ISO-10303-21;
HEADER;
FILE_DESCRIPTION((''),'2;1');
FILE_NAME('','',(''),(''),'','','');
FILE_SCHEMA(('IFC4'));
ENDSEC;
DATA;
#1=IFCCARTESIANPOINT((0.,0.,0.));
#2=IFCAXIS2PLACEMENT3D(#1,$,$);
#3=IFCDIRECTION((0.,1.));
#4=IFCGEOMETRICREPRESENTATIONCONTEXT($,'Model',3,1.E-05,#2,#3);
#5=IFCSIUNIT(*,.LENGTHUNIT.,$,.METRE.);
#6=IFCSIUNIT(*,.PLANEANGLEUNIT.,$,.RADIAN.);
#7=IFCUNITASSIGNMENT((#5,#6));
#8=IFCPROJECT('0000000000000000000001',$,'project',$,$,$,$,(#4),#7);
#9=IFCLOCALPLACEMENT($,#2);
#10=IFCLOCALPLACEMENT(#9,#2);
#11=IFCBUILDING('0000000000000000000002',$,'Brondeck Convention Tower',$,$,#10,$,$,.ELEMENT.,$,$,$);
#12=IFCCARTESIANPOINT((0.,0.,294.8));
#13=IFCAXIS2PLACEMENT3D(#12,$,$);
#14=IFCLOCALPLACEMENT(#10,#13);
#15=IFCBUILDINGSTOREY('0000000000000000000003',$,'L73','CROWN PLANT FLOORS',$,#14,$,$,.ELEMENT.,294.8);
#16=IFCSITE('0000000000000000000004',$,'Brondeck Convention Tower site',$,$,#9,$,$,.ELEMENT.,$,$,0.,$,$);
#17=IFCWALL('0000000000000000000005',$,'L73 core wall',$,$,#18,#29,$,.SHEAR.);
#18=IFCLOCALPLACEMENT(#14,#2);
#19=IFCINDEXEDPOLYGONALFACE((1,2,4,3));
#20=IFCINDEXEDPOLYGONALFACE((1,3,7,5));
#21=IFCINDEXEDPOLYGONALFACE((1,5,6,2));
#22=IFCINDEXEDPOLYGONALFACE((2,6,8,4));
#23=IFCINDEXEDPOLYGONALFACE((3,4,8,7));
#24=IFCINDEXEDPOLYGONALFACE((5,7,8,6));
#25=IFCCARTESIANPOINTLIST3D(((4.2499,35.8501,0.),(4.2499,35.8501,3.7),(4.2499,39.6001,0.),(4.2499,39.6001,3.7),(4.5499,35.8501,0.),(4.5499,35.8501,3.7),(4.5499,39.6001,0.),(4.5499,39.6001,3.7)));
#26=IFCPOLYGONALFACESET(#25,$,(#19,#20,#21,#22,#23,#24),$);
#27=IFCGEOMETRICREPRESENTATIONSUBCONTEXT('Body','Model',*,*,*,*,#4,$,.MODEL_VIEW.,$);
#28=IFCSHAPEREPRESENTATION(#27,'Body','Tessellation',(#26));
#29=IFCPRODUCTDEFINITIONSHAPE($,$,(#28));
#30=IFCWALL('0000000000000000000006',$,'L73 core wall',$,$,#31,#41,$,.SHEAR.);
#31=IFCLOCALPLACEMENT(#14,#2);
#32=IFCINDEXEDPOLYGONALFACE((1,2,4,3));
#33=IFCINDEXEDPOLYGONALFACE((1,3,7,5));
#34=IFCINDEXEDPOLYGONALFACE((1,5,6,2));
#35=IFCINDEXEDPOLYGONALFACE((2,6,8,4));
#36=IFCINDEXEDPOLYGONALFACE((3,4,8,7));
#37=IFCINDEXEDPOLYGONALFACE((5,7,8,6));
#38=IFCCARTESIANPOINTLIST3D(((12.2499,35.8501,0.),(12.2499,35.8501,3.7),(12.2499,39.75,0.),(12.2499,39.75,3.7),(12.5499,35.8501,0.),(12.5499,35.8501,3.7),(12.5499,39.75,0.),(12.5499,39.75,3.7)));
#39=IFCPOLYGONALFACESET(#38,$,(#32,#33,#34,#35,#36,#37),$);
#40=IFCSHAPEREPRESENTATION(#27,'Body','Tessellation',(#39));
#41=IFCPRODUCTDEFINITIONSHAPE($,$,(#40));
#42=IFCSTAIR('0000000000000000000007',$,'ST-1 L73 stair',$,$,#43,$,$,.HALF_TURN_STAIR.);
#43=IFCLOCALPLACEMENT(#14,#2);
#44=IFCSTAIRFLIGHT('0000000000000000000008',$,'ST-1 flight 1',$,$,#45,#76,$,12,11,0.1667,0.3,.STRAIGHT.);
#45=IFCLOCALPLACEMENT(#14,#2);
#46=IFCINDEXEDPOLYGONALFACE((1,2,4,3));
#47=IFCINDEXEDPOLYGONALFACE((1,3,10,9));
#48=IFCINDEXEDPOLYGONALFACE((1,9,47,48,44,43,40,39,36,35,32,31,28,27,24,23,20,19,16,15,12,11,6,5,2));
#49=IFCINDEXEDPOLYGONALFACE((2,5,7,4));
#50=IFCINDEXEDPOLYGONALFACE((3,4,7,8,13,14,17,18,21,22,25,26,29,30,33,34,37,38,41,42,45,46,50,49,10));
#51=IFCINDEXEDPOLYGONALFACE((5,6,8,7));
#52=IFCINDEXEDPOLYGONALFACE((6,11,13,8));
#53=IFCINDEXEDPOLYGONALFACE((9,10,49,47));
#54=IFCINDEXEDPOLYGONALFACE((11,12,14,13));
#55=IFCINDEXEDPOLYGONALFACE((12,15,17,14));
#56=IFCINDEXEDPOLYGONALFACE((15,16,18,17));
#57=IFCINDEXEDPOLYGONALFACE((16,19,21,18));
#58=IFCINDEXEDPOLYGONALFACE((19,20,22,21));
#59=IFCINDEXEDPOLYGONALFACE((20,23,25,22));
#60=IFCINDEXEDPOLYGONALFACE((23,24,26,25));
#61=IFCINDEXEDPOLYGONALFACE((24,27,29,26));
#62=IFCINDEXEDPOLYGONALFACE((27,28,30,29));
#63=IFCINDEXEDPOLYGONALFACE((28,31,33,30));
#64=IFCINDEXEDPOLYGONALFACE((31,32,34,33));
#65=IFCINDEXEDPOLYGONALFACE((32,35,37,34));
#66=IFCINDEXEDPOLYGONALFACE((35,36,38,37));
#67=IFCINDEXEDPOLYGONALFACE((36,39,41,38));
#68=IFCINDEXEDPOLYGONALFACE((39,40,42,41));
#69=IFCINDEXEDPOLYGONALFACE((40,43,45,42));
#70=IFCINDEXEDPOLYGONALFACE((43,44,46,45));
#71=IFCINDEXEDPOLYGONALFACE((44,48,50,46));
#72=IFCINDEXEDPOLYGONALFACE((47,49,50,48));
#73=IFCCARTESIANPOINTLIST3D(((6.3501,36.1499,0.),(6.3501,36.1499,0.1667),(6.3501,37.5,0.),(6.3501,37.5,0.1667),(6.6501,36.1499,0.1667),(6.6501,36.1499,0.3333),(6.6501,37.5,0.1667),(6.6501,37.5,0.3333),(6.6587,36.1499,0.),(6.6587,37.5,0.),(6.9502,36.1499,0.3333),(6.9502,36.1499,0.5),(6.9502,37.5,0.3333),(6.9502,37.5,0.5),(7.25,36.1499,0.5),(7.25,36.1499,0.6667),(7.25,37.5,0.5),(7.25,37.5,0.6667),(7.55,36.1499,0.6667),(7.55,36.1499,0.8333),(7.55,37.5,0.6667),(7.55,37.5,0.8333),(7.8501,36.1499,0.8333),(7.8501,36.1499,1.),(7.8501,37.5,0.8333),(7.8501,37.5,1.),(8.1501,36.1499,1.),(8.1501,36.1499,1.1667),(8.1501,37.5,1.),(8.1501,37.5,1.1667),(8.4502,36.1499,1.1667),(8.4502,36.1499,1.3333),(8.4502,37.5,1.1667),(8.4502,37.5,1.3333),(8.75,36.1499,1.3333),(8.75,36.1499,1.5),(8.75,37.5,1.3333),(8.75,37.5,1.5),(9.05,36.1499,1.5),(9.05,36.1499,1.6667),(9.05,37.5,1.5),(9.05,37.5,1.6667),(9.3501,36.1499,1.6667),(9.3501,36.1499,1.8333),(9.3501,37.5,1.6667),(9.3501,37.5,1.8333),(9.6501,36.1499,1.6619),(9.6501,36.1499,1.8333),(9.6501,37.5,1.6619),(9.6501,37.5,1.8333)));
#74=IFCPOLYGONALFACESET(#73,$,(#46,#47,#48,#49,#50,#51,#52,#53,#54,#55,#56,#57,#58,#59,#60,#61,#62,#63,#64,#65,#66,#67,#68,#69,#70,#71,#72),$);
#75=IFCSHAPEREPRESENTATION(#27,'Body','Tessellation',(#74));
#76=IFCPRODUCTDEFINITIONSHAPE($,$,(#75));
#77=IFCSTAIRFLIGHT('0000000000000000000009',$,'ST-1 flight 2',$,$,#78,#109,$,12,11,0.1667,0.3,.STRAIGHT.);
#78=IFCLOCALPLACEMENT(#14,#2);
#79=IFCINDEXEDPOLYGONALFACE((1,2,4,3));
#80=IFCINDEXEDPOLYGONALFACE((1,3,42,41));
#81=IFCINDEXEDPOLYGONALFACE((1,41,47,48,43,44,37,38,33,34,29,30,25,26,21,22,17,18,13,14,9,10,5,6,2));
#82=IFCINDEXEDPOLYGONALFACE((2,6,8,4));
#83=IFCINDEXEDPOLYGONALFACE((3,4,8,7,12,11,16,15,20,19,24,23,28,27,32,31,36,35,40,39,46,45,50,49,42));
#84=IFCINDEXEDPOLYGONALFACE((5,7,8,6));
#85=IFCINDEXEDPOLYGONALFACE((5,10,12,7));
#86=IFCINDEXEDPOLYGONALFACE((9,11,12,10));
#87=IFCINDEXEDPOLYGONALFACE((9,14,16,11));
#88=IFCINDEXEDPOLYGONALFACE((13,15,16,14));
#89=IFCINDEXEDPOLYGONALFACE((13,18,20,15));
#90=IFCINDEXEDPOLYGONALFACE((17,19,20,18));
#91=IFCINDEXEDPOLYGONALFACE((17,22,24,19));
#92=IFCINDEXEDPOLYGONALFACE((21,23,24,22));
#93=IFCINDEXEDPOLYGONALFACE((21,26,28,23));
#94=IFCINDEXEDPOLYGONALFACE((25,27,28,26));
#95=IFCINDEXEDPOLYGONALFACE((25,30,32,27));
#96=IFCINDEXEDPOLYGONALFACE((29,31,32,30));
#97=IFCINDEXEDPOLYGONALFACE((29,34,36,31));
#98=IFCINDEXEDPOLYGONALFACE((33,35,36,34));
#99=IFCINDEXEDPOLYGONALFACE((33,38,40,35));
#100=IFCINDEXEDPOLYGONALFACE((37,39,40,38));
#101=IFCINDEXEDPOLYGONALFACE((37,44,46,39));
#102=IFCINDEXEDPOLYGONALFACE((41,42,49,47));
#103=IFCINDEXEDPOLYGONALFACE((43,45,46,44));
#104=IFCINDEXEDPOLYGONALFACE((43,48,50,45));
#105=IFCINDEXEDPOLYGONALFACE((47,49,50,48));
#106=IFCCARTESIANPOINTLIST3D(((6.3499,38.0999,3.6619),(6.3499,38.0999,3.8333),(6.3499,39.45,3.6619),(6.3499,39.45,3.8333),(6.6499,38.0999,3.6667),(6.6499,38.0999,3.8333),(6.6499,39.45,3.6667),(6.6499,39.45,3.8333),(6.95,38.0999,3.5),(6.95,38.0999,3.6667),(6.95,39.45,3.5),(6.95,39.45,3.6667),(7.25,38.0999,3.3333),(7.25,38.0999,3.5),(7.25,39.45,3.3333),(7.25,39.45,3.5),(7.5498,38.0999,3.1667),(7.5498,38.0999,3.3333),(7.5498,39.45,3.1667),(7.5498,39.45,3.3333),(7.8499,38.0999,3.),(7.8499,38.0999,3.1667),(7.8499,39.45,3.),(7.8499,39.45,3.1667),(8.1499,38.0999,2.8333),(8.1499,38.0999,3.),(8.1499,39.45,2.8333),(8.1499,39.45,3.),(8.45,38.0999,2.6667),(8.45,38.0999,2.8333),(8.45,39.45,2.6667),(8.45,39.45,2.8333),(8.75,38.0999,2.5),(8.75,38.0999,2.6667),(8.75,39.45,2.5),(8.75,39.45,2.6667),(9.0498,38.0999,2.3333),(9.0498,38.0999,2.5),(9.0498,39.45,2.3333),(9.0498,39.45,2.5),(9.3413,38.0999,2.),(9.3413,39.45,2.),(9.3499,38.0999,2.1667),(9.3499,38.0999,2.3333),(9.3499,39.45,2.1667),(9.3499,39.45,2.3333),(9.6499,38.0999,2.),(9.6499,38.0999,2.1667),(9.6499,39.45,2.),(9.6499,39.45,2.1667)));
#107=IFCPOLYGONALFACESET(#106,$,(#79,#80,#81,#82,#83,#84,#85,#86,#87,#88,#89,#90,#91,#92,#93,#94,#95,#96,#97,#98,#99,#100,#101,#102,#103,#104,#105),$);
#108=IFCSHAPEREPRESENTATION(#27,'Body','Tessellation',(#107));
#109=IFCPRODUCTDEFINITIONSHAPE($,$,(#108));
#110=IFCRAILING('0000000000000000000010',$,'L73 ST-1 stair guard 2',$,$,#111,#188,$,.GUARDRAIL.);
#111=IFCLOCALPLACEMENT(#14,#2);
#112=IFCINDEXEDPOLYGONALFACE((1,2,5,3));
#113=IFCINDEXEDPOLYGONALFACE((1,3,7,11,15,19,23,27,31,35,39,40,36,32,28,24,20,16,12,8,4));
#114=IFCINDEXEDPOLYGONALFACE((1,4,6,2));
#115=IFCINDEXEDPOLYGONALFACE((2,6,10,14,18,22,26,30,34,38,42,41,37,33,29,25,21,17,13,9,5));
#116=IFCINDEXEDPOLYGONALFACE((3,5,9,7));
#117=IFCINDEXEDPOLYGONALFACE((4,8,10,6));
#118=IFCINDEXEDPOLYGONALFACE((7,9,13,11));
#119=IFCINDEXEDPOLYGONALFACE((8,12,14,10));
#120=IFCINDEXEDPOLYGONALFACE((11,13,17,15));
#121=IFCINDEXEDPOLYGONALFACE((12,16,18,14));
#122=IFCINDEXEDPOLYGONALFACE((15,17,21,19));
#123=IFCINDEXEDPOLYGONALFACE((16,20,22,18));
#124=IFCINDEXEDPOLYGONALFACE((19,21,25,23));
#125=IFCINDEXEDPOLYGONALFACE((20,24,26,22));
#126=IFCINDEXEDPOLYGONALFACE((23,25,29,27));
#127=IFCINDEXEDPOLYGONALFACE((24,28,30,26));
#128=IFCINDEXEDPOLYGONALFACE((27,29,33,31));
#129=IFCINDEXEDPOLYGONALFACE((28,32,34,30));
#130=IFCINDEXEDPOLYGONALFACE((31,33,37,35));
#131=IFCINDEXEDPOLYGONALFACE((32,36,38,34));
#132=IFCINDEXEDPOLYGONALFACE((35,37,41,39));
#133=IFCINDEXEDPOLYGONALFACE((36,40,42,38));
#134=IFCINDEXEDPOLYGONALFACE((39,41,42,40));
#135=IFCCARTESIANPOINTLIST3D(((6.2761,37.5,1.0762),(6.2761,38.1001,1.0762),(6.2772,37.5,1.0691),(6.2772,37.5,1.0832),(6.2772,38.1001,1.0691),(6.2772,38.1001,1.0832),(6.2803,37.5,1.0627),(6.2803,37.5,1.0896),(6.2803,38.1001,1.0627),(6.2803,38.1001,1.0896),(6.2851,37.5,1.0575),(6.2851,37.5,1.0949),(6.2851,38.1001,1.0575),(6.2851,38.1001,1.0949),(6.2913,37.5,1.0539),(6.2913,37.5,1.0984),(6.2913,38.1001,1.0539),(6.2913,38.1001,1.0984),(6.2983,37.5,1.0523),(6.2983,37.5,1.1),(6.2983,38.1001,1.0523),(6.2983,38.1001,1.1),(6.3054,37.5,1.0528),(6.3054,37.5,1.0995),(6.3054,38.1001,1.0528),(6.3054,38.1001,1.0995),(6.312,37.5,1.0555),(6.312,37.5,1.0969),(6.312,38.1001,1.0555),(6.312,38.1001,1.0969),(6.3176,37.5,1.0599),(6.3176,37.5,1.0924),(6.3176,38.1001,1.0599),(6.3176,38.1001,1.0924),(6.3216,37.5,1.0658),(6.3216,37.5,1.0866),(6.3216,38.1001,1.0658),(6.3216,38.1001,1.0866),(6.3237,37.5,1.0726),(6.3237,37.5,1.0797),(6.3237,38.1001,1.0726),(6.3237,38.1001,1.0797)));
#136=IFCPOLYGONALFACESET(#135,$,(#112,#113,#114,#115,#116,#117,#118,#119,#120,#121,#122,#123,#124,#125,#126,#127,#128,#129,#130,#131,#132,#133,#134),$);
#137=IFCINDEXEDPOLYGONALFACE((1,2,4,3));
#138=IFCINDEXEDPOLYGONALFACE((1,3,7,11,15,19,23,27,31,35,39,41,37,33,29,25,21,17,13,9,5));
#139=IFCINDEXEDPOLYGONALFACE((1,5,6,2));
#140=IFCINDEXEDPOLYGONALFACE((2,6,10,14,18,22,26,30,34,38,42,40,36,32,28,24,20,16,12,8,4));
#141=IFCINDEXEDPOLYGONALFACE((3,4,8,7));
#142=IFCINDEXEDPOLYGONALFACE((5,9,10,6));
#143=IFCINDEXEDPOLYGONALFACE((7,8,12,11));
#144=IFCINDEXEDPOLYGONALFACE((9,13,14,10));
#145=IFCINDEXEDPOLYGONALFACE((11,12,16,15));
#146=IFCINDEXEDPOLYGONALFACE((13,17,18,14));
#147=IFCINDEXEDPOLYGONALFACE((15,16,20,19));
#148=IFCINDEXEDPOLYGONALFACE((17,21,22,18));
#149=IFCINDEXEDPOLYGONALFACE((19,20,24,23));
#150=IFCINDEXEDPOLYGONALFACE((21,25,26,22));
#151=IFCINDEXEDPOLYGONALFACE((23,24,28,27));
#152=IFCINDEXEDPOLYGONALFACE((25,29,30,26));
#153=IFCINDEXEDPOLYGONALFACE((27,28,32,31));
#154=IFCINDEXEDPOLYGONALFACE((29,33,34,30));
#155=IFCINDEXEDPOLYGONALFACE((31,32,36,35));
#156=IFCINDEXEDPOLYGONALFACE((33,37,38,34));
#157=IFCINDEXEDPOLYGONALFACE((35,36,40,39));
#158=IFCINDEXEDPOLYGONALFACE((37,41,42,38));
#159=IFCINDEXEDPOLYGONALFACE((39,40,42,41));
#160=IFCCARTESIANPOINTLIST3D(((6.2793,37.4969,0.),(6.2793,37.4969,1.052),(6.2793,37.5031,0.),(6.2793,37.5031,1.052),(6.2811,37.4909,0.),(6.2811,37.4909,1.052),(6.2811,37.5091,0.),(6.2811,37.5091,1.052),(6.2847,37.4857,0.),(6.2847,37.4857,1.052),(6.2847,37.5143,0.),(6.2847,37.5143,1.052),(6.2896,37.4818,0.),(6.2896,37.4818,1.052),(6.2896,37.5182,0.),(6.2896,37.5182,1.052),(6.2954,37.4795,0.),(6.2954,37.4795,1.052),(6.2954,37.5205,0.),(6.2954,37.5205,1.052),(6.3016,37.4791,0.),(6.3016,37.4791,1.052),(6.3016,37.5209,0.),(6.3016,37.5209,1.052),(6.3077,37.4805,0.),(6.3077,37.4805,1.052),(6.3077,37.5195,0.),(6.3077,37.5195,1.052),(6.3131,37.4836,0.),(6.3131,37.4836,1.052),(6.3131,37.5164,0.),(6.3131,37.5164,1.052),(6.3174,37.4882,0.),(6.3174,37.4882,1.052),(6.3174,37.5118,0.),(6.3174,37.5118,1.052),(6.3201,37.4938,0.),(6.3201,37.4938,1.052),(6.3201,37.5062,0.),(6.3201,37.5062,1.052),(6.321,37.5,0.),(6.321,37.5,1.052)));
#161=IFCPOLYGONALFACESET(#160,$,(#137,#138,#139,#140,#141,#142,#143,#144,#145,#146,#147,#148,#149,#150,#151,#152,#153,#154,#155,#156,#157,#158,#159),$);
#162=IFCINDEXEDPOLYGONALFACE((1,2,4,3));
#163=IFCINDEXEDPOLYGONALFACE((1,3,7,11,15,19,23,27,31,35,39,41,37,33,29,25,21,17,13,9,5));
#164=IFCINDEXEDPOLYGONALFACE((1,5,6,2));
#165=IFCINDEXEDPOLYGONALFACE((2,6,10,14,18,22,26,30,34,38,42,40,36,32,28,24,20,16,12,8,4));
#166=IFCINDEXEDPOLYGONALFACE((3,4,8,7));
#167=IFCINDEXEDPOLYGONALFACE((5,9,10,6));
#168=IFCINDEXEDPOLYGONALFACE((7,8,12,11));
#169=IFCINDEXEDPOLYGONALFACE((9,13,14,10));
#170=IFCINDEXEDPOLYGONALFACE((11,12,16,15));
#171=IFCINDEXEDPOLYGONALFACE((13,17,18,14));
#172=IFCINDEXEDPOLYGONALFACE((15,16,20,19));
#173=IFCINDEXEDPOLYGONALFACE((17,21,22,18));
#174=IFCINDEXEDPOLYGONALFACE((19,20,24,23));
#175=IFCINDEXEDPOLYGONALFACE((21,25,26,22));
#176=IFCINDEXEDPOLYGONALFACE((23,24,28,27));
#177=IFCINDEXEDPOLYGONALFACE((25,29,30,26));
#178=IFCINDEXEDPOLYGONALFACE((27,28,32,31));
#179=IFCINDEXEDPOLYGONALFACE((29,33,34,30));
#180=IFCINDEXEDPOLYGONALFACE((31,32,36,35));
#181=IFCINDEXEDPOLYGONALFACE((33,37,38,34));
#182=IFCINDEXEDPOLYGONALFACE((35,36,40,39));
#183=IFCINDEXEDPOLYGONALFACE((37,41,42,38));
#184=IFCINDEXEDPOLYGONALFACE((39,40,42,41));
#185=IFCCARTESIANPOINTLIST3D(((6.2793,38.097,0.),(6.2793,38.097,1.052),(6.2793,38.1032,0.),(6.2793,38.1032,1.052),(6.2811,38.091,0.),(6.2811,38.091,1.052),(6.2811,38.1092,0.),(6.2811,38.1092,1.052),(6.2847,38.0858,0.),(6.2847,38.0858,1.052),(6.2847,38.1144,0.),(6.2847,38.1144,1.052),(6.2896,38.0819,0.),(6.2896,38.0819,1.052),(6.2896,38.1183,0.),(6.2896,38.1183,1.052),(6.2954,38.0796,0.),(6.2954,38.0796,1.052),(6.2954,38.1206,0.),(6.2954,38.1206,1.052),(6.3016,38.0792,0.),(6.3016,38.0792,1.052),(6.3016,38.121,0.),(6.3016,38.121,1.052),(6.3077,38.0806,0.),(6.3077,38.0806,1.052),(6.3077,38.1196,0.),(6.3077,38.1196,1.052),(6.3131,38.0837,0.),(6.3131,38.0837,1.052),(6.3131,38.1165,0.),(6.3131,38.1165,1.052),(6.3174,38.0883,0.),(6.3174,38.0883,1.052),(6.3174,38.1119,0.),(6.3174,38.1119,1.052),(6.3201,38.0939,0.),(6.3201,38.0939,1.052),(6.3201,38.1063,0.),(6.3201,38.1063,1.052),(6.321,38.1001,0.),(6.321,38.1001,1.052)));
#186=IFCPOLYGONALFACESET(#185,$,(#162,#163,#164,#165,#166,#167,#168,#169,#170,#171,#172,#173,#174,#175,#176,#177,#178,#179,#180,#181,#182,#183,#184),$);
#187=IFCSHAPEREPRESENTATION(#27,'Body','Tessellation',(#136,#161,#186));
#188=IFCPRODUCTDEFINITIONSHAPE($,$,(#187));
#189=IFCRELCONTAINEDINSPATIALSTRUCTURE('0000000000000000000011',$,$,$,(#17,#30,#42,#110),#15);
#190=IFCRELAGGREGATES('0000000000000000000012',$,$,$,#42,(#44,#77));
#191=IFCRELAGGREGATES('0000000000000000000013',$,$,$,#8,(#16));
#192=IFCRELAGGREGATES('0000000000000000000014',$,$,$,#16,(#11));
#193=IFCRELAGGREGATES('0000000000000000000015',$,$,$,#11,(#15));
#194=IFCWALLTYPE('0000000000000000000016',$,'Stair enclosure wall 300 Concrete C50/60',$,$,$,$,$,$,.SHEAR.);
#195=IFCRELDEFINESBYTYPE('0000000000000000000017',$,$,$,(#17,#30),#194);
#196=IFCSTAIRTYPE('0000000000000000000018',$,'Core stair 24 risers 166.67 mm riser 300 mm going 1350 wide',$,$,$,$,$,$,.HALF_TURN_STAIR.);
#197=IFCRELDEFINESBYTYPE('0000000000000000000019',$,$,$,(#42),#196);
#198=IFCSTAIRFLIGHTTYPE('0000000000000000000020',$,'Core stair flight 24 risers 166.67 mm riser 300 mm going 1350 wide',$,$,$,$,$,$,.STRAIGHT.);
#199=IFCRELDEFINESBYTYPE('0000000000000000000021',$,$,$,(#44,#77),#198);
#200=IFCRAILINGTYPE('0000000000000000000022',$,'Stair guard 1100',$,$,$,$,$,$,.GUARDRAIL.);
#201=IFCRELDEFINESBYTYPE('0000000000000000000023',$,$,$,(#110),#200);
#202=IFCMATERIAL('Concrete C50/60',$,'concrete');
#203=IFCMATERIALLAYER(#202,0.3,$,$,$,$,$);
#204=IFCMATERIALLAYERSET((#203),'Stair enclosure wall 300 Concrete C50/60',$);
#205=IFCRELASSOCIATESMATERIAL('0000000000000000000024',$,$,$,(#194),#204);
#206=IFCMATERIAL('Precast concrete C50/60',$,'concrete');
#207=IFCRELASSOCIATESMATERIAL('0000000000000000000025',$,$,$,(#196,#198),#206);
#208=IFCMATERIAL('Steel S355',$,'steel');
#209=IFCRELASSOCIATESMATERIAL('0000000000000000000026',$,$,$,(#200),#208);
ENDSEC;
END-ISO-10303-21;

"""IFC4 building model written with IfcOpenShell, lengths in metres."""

from ifc_helpers import new_model, si_unit, direction, frame, frame_2d, origin, origin_2d, place, context, subcontext, project, spatial, polyline, rectangle, circle, outline, extrude, material, layer, layer_set, type_object, element, aggregate, save


model = new_model("IFC4")

# Units and contexts
model_context = context("Model", 3, precision=1e-05, world=origin(), true_north=direction((0.0, 1.0)))
body_context = subcontext(model_context, "Body", "Model", "MODEL_VIEW")
ifc_project = project(units=[si_unit("LENGTHUNIT", "METRE"), si_unit("PLANEANGLEUNIT", "RADIAN")], contexts=[model_context])

# Site, building, storey
site_placement = place(None, origin())
site = spatial("IfcSite", under=ifc_project, at=site_placement, Name="Brondeck Convention Tower site", CompositionType="ELEMENT", RefElevation=0.0)
building_placement = place(site_placement, origin())
building = spatial("IfcBuilding", under=site, at=building_placement, Name="Brondeck Convention Tower", CompositionType="ELEMENT")
storey_placement = place(building_placement, frame((0.0, 0.0, 294.8)))
storey = spatial("IfcBuildingStorey", under=building, at=storey_placement, Name="L73", Description="CROWN PLANT FLOORS", CompositionType="ELEMENT", Elevation=294.8)

# Shared definitions
ifc_material_1 = material(Name="Concrete C50/60", Category="concrete")

# Shared definitions
ifc_layer_1 = layer(ifc_material_1, 0.3)
ifc_layer_set_1 = layer_set([ifc_layer_1], Name="Stair enclosure wall 300 Concrete C50/60")
wall_type_1 = type_object("IfcWallType", Name="Stair enclosure wall 300 Concrete C50/60", PredefinedType="SHEAR", material=ifc_layer_set_1)

# Walls
wall_1_placement = place(storey_placement, frame((4.3999, 35.8501, 0.0), z_axis=(0.0, 0.0, 1.0), x_axis=(0.0, 1.0, 0.0)))
element("IfcWall", 1, at=wall_1_placement, inside=storey, type_object=wall_type_1, Name="L73 core wall", PredefinedType="SHEAR", context=body_context, shape_type="SweptSolid", body=[
    extrude(rectangle(XDim=3.75, YDim=0.3, at=frame_2d((1.875, 0.0))), origin(), (0.0, 0.0, 1.0), 3.7),
])
wall_2_placement = place(storey_placement, frame((12.3999, 35.8501, 0.0), z_axis=(0.0, 0.0, 1.0), x_axis=(0.0, 1.0, 0.0)))
element("IfcWall", 2, at=wall_2_placement, inside=storey, type_object=wall_type_1, Name="L73 core wall", PredefinedType="SHEAR", context=body_context, shape_type="SweptSolid", body=[
    extrude(rectangle(XDim=3.8999, YDim=0.3, at=frame_2d((1.95, 0.0))), origin(), (0.0, 0.0, 1.0), 3.7),
])

# Stair, stair flights
ifc_material_2 = material(Name="Precast concrete C50/60", Category="concrete")
stair_type = type_object("IfcStairType", Name="Core stair 24 risers 166.67 mm riser 300 mm going 1350 wide", PredefinedType="HALF_TURN_STAIR", material=ifc_material_2)
stair_placement = place(storey_placement, origin())
stair = element("IfcStair", 3, at=stair_placement, inside=storey, type_object=stair_type, Name="ST-1 L73 stair", PredefinedType="HALF_TURN_STAIR")
stair_flight_type = type_object("IfcStairFlightType", Name="Core stair flight 24 risers 166.67 mm riser 300 mm going 1350 wide", PredefinedType="STRAIGHT", material=ifc_material_2)
stair_flight_1_placement = place(storey_placement, frame((6.3501, 36.825, 0.0), z_axis=(0.0, 0.0, 1.0), x_axis=(1.0, 0.0, 0.0)))
stair_flight_1 = element("IfcStairFlight", 4, at=stair_flight_1_placement, type_object=stair_flight_type, Name="ST-1 flight 1", NumberOfRisers=12, NumberOfTreads=11, PredefinedType="STRAIGHT", RiserHeight=0.1667, TreadLength=0.3, context=body_context, shape_type="SweptSolid", body=[
    extrude(outline(polyline([(0.0, 0.0), (0.0, 0.1667), (0.3, 0.1667), (0.3, 0.3333), (0.6001, 0.3333), (0.6001, 0.5), (0.8999, 0.5), (0.8999, 0.6667), (1.2, 0.6667), (1.2, 0.8333), (1.5, 0.8333), (1.5, 1.0), (1.8, 1.0), (1.8, 1.1667), (2.1001, 1.1667), (2.1001, 1.3333), (2.3999, 1.3333), (2.3999, 1.5), (2.7, 1.5), (2.7, 1.6667), (3.0, 1.6667), (3.0, 1.8333), (3.3, 1.8333), (3.3, 2.0), (3.3, 1.6619), (0.3086, 0.0), (0.0, 0.0)])), frame((0.0, 0.675, 0.0), z_axis=(0.0, -1.0, 0.0), x_axis=(1.0, 0.0, 0.0)), (0.0, 0.0, 1.0), 1.3501),
])
stair_flight_2_placement = place(storey_placement, frame((9.6499, 38.7749, 2.0), z_axis=(0.0, 0.0, 1.0), x_axis=(-1.0, 0.0, 0.0)))
stair_flight_2 = element("IfcStairFlight", 5, at=stair_flight_2_placement, type_object=stair_flight_type, Name="ST-1 flight 2", NumberOfRisers=12, NumberOfTreads=11, PredefinedType="STRAIGHT", RiserHeight=0.1667, TreadLength=0.3, context=body_context, shape_type="SweptSolid", body=[
    extrude(outline(polyline([(0.0, 0.0), (0.0, 0.1667), (0.3, 0.1667), (0.3, 0.3333), (0.6001, 0.3333), (0.6001, 0.5), (0.8999, 0.5), (0.8999, 0.6667), (1.2, 0.6667), (1.2, 0.8333), (1.5, 0.8333), (1.5, 1.0), (1.8, 1.0), (1.8, 1.1667), (2.1001, 1.1667), (2.1001, 1.3333), (2.3999, 1.3333), (2.3999, 1.5), (2.7, 1.5), (2.7, 1.6667), (3.0, 1.6667), (3.0, 1.8333), (3.3, 1.8333), (3.3, 2.0), (3.3, 1.6619), (0.3086, 0.0), (0.0, 0.0)])), frame((0.0, 0.675, 0.0), z_axis=(0.0, -1.0, 0.0), x_axis=(1.0, 0.0, 0.0)), (0.0, 0.0, 1.0), 1.3501),
])
aggregate(stair, [stair_flight_1, stair_flight_2])

# Railing
ifc_material_3 = material(Name="Steel S355", Category="steel")
railing_type_1 = type_object("IfcRailingType", Name="Stair guard 1100", PredefinedType="GUARDRAIL", material=ifc_material_3)
railing_1_placement = place(storey_placement, frame((6.3, 37.5, 0.0)))
element("IfcRailing", 6, at=railing_1_placement, inside=storey, type_object=railing_type_1, Name="L73 ST-1 stair guard 2", PredefinedType="GUARDRAIL", context=body_context, shape_type="SweptSolid", body=[
    extrude(circle(Radius=0.0239, at=origin_2d()), frame((0.0, 0.0, 1.0762), z_axis=(0.0, 1.0, 0.0), x_axis=(-1.0, 0.0, 0.0)), (0.0, 0.0, 1.0), 0.6001),
    extrude(circle(Radius=0.021, at=origin_2d()), origin(), (0.0, 0.0, 1.0), 1.052),
    extrude(circle(Radius=0.021, at=origin_2d()), frame((0.0, 0.6001, 0.0)), (0.0, 0.0, 1.0), 1.052),
])

save(model, "model.ifc")
